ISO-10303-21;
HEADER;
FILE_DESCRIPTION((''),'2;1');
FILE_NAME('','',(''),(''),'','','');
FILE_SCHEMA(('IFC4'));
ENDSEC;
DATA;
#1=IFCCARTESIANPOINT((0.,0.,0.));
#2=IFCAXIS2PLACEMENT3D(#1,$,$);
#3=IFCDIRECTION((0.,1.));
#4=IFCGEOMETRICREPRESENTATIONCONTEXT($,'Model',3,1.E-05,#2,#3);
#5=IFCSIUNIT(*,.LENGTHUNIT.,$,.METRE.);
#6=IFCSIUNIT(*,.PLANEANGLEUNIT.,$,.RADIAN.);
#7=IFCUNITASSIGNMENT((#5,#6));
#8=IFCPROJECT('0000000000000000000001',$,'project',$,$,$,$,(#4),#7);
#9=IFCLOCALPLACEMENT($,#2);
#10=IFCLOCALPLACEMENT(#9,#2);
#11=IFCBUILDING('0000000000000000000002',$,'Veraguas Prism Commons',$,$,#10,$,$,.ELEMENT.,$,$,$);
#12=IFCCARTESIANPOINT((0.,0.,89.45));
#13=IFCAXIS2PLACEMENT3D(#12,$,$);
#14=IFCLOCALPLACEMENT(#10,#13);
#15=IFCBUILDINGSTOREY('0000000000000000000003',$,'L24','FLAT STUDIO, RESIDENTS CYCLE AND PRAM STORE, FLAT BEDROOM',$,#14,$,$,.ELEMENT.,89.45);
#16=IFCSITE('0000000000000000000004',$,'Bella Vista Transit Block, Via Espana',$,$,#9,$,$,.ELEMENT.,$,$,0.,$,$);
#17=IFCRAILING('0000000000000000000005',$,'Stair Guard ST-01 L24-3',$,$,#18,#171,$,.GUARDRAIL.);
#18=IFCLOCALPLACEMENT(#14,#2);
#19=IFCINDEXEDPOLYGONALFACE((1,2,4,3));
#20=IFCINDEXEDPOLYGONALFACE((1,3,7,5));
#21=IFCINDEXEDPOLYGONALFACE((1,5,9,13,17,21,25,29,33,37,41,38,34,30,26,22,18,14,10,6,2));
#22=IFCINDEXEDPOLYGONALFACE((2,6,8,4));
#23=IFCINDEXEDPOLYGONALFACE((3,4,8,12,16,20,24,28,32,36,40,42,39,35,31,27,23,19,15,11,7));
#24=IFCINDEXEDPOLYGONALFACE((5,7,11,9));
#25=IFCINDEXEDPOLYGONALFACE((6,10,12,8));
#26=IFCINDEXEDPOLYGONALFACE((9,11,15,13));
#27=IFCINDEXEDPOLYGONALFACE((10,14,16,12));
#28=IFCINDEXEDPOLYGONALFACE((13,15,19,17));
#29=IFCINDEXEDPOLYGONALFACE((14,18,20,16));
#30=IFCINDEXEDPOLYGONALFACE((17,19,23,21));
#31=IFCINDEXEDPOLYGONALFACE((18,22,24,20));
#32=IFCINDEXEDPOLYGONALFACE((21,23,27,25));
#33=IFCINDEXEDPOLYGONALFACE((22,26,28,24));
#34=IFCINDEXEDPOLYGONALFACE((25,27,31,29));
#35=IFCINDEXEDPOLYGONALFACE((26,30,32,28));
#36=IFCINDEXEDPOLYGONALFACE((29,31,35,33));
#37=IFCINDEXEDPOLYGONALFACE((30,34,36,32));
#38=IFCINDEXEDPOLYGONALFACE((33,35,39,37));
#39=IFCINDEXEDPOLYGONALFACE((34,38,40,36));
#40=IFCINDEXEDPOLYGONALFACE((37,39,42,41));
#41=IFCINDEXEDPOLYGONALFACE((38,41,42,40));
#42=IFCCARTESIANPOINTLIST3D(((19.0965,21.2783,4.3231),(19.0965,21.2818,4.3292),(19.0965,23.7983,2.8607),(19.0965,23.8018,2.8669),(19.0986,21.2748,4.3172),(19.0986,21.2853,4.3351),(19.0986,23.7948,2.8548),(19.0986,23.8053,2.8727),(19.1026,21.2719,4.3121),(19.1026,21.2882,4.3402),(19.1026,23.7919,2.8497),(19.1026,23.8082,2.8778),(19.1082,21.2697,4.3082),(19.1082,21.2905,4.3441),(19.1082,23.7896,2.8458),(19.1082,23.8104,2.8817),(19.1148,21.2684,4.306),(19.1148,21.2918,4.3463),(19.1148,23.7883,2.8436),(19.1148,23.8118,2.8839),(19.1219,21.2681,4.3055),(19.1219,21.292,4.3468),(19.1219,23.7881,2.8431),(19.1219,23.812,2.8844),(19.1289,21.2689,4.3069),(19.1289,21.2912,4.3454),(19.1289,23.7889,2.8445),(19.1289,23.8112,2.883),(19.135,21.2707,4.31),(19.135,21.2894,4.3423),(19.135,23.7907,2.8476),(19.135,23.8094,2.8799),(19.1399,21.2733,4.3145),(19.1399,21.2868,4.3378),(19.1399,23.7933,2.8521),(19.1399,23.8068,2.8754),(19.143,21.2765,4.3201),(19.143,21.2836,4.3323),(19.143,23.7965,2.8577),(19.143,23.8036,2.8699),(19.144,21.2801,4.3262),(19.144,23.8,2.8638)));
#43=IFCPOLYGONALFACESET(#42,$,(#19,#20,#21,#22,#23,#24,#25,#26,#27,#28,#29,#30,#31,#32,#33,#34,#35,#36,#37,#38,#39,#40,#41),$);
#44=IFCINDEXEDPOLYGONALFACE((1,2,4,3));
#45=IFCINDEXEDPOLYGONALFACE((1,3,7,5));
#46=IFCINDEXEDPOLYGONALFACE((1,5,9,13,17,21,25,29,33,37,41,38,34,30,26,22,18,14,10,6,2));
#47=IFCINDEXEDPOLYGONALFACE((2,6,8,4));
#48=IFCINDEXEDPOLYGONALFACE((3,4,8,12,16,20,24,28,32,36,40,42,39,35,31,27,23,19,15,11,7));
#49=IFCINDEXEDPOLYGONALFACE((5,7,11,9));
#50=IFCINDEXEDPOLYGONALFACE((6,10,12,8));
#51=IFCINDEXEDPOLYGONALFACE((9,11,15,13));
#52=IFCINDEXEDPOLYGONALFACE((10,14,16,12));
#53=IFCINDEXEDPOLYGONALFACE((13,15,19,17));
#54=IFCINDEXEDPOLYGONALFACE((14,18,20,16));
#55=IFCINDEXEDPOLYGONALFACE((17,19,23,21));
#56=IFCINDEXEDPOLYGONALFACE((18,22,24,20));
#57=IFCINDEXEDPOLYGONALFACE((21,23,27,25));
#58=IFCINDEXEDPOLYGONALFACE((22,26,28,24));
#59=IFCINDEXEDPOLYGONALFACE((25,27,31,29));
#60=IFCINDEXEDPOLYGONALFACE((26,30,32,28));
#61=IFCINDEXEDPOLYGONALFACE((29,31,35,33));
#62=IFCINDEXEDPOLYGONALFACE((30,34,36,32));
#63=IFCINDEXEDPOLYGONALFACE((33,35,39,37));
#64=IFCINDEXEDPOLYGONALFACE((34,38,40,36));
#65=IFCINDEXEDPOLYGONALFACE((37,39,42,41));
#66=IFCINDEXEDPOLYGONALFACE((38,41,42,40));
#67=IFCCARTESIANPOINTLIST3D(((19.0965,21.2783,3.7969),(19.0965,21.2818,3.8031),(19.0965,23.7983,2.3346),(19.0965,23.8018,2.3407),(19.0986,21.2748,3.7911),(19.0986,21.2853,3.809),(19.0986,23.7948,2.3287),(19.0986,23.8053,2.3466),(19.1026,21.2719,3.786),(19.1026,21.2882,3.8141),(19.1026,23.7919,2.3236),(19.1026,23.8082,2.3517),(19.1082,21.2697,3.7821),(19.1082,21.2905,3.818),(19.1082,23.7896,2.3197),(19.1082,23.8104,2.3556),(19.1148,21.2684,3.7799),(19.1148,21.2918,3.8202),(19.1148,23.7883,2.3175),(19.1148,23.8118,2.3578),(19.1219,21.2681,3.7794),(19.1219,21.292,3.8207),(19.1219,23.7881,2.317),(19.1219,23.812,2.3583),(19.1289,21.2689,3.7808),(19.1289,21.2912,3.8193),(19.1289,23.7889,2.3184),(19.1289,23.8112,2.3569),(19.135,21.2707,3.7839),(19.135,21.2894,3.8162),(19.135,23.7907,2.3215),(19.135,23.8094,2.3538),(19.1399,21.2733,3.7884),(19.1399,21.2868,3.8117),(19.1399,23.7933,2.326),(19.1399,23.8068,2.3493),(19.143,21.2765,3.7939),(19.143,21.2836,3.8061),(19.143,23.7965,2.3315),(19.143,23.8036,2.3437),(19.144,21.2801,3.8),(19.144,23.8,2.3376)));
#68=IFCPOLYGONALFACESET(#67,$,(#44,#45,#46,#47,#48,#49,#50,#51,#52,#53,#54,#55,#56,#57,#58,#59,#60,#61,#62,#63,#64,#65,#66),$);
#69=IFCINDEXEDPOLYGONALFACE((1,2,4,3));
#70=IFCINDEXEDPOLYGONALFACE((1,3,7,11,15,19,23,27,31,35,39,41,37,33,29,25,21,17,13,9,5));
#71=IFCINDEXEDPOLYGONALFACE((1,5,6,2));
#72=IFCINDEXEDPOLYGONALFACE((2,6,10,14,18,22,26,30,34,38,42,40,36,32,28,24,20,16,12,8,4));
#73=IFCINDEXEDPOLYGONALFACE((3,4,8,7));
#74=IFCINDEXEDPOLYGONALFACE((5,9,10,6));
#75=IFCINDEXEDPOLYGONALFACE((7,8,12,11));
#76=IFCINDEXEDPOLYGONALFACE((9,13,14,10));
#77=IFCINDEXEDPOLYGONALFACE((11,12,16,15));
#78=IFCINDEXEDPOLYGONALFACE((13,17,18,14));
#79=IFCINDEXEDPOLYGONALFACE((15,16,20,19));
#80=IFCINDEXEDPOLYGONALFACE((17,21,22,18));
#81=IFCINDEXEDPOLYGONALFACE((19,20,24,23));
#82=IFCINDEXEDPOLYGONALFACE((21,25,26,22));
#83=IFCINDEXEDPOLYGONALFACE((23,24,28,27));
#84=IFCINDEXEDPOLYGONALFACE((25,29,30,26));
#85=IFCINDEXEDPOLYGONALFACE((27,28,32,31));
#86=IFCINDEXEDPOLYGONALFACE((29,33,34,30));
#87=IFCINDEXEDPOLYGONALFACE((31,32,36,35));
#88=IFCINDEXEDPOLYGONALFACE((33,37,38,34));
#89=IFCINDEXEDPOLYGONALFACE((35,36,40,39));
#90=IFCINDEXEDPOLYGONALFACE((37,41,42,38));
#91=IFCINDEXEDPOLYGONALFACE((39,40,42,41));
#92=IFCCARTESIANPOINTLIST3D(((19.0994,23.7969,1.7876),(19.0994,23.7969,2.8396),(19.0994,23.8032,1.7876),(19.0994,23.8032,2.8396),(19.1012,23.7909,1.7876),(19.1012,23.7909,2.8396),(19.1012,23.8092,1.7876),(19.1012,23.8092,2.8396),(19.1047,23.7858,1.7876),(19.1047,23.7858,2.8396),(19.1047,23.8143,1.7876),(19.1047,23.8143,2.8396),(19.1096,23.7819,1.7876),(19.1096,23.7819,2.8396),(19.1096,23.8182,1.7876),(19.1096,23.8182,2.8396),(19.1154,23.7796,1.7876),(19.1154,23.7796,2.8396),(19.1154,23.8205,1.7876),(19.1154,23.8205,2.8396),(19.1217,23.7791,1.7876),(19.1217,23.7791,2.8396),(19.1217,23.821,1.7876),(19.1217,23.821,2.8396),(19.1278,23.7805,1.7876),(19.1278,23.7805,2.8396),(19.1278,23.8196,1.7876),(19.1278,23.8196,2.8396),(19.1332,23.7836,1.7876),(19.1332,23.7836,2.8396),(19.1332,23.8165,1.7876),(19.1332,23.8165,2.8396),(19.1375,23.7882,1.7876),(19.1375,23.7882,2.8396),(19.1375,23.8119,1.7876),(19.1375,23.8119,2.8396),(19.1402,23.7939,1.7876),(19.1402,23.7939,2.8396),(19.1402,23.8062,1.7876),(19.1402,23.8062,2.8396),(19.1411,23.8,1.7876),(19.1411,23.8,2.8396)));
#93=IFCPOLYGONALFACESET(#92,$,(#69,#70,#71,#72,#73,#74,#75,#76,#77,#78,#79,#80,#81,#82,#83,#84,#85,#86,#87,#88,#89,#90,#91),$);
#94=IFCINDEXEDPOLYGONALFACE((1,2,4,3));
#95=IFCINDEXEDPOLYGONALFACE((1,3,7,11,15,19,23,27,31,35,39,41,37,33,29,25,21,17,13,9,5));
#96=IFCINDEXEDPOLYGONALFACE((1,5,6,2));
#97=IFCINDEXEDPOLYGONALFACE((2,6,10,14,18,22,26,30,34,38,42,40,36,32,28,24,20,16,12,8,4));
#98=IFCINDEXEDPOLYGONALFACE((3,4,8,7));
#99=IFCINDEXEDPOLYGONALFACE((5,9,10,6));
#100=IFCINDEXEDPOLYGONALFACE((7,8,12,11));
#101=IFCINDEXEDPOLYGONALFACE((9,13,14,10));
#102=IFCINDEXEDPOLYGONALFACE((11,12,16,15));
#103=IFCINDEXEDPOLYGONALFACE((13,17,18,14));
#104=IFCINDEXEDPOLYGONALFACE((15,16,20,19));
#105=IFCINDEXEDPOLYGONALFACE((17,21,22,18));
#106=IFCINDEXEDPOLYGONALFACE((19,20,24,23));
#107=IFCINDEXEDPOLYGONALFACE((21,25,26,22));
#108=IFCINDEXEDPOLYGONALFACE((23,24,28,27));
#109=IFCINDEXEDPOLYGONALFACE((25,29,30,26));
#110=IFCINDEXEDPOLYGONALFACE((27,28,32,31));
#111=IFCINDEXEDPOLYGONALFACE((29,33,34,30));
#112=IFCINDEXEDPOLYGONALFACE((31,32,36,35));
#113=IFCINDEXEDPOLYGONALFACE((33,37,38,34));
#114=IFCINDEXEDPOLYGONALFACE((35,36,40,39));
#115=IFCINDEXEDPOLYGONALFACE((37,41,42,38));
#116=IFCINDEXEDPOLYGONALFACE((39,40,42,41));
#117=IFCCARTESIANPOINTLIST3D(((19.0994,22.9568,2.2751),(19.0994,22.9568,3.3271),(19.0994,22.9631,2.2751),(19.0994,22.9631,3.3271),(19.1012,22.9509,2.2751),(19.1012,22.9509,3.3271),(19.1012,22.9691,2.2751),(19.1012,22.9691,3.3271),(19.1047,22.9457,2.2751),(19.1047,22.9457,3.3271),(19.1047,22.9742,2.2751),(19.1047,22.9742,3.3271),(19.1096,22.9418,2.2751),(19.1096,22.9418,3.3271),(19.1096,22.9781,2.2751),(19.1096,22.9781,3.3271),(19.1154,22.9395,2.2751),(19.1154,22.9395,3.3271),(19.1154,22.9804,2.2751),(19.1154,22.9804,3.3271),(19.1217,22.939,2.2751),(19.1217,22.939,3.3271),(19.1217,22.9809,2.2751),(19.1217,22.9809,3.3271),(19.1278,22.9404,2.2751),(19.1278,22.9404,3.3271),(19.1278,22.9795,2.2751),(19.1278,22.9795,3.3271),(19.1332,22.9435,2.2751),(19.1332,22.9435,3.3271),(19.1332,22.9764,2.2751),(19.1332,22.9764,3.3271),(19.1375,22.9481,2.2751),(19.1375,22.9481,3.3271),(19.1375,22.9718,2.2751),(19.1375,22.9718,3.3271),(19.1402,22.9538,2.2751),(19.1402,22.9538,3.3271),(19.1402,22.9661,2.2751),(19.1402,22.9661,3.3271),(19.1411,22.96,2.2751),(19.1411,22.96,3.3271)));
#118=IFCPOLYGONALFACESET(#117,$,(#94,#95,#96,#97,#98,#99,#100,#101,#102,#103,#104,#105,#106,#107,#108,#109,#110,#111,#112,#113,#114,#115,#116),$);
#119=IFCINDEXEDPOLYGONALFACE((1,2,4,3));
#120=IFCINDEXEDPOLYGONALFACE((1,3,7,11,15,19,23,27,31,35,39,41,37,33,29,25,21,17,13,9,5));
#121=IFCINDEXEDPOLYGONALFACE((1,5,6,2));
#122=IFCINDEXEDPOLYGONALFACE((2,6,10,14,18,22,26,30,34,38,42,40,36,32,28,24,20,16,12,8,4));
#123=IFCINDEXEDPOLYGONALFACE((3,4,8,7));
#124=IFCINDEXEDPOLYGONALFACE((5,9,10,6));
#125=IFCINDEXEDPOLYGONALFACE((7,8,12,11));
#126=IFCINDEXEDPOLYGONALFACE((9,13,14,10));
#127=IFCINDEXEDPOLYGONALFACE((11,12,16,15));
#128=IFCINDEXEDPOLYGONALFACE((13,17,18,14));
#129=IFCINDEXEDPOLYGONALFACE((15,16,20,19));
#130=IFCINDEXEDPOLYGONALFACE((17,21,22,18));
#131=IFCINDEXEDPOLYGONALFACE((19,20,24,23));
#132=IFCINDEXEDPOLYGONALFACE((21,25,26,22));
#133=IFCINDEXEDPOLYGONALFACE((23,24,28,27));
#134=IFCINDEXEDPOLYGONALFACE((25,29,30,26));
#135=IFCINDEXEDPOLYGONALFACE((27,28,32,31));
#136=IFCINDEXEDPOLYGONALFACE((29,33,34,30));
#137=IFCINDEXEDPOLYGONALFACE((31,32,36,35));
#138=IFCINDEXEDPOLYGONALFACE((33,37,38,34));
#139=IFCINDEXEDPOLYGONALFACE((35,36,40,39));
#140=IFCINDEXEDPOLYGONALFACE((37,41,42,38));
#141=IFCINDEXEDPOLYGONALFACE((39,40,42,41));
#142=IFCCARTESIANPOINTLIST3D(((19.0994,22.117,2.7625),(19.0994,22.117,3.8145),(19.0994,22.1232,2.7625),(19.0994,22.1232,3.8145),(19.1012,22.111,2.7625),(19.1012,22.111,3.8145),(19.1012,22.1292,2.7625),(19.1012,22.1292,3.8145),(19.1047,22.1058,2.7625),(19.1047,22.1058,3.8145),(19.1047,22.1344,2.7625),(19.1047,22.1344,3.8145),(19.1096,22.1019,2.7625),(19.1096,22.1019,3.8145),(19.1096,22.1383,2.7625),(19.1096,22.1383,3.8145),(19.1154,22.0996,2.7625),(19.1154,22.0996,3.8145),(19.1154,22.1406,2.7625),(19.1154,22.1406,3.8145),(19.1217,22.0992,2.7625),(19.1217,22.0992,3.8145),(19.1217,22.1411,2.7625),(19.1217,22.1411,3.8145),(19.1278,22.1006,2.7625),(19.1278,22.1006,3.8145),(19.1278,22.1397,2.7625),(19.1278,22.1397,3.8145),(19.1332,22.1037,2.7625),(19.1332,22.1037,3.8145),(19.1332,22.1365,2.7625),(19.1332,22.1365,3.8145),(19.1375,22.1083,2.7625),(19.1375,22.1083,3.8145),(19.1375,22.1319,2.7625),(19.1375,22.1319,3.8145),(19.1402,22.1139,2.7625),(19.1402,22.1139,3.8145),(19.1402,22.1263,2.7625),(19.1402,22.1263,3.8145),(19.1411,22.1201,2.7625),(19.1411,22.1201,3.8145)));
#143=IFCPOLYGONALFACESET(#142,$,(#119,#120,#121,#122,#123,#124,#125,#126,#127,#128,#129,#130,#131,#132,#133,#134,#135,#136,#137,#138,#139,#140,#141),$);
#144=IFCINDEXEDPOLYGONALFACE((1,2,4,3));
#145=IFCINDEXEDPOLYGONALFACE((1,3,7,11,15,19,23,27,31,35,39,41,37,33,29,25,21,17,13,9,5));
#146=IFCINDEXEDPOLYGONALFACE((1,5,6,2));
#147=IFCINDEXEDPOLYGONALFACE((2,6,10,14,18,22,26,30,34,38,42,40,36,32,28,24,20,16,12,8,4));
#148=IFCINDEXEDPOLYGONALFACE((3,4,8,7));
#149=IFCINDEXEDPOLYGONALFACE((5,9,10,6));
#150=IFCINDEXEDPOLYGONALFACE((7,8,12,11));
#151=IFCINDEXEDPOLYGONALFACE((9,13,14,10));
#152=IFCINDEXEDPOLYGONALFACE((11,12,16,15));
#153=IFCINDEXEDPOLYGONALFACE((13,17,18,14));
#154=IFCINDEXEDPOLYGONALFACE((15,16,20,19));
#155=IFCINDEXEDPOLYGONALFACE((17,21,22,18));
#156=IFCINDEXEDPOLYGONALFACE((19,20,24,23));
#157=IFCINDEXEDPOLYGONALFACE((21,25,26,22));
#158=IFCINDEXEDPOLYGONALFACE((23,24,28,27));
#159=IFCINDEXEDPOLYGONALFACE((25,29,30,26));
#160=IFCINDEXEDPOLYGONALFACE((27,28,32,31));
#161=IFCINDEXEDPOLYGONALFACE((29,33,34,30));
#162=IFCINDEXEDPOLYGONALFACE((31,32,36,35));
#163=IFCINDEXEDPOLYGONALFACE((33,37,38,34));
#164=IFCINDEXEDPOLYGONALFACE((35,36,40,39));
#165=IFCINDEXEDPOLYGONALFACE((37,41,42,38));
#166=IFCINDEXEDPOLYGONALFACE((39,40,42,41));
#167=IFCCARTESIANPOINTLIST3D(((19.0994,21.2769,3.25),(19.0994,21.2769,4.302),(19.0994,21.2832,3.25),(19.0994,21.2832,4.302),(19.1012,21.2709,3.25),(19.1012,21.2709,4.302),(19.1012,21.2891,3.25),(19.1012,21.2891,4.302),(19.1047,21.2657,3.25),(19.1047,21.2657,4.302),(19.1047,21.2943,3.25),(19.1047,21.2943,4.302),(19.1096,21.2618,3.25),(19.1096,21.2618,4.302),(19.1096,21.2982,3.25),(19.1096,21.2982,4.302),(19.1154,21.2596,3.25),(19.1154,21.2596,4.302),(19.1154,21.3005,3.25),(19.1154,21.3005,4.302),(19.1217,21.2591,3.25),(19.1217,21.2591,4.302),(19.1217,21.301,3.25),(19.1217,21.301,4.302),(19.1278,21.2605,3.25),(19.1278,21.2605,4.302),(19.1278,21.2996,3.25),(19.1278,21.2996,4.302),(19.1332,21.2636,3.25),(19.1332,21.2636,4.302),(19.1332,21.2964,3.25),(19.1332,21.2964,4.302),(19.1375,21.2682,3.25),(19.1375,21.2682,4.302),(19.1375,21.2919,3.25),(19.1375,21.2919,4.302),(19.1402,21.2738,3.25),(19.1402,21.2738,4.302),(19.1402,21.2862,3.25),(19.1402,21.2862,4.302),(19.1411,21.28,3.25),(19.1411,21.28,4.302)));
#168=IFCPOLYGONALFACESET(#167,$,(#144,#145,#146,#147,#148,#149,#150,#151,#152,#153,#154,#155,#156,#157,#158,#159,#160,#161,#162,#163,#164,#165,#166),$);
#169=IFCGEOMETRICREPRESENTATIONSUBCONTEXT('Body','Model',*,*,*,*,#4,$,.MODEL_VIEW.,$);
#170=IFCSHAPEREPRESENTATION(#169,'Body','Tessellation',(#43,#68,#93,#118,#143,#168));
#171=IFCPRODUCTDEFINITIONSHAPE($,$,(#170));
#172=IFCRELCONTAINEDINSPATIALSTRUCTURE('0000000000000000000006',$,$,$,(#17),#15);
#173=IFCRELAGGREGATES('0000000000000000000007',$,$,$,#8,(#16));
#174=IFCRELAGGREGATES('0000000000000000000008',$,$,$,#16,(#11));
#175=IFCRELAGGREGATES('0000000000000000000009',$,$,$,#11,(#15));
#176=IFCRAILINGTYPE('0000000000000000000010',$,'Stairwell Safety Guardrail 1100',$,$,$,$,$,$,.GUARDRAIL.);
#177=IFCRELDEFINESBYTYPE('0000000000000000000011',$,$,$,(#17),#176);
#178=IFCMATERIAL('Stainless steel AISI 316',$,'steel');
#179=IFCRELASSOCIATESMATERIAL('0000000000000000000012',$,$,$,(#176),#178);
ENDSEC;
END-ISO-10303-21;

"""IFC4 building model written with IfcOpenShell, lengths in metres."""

from ifc_helpers import new_model, si_unit, direction, frame, origin, origin_2d, place, context, subcontext, project, spatial, circle, extrude, material, type_object, element, save


model = new_model("IFC4")

# Units and contexts
model_context = context("Model", 3, precision=1e-05, world=origin(), true_north=direction((0.0, 1.0)))
body_context = subcontext(model_context, "Body", "Model", "MODEL_VIEW")
ifc_project = project(units=[si_unit("LENGTHUNIT", "METRE"), si_unit("PLANEANGLEUNIT", "RADIAN")], contexts=[model_context])

# Site, building, storey
site_placement = place(None, origin())
site = spatial("IfcSite", under=ifc_project, at=site_placement, Name="Bella Vista Transit Block, Via Espana", CompositionType="ELEMENT", RefElevation=0.0)
building_placement = place(site_placement, origin())
building = spatial("IfcBuilding", under=site, at=building_placement, Name="Veraguas Prism Commons", CompositionType="ELEMENT")
storey_placement = place(building_placement, frame((0.0, 0.0, 89.45)))
storey = spatial("IfcBuildingStorey", under=building, at=storey_placement, Name="L24", Description="FLAT STUDIO, RESIDENTS CYCLE AND PRAM STORE, FLAT BEDROOM", CompositionType="ELEMENT", Elevation=89.45)

# Railing
ifc_material_1 = material(Name="Stainless steel AISI 316", Category="steel")
railing_type_1 = type_object("IfcRailingType", Name="Stairwell Safety Guardrail 1100", PredefinedType="GUARDRAIL", material=ifc_material_1)
railing_1_placement = place(storey_placement, frame((19.1201, 23.8, 1.7876)))
element("IfcRailing", 1, at=railing_1_placement, inside=storey, type_object=railing_type_1, Name="Stair Guard ST-01 L24-3", PredefinedType="GUARDRAIL", context=body_context, shape_type="SweptSolid", body=[
    extrude(circle(Radius=0.0239, at=origin_2d()), frame((0.0, 0.0, 1.0762), z_axis=(0.0, -0.864913, 0.501921), x_axis=(1.0, 0.0, 0.0)), (0.0, 0.0, 1.0), 2.9136),
    extrude(circle(Radius=0.0239, at=origin_2d()), frame((0.0, 0.0, 0.55), z_axis=(0.0, -0.864913, 0.501921), x_axis=(1.0, 0.0, 0.0)), (0.0, 0.0, 1.0), 2.9136),
    extrude(circle(Radius=0.021, at=origin_2d()), origin(), (0.0, 0.0, 1.0), 1.052),
    extrude(circle(Radius=0.021, at=origin_2d()), frame((0.0, -0.8401, 0.4875)), (0.0, 0.0, 1.0), 1.052),
    extrude(circle(Radius=0.021, at=origin_2d()), frame((0.0, -1.6799, 0.9749)), (0.0, 0.0, 1.0), 1.052),
    extrude(circle(Radius=0.021, at=origin_2d()), frame((0.0, -2.52, 1.4624)), (0.0, 0.0, 1.0), 1.052),
])

save(model, "model.ifc")
